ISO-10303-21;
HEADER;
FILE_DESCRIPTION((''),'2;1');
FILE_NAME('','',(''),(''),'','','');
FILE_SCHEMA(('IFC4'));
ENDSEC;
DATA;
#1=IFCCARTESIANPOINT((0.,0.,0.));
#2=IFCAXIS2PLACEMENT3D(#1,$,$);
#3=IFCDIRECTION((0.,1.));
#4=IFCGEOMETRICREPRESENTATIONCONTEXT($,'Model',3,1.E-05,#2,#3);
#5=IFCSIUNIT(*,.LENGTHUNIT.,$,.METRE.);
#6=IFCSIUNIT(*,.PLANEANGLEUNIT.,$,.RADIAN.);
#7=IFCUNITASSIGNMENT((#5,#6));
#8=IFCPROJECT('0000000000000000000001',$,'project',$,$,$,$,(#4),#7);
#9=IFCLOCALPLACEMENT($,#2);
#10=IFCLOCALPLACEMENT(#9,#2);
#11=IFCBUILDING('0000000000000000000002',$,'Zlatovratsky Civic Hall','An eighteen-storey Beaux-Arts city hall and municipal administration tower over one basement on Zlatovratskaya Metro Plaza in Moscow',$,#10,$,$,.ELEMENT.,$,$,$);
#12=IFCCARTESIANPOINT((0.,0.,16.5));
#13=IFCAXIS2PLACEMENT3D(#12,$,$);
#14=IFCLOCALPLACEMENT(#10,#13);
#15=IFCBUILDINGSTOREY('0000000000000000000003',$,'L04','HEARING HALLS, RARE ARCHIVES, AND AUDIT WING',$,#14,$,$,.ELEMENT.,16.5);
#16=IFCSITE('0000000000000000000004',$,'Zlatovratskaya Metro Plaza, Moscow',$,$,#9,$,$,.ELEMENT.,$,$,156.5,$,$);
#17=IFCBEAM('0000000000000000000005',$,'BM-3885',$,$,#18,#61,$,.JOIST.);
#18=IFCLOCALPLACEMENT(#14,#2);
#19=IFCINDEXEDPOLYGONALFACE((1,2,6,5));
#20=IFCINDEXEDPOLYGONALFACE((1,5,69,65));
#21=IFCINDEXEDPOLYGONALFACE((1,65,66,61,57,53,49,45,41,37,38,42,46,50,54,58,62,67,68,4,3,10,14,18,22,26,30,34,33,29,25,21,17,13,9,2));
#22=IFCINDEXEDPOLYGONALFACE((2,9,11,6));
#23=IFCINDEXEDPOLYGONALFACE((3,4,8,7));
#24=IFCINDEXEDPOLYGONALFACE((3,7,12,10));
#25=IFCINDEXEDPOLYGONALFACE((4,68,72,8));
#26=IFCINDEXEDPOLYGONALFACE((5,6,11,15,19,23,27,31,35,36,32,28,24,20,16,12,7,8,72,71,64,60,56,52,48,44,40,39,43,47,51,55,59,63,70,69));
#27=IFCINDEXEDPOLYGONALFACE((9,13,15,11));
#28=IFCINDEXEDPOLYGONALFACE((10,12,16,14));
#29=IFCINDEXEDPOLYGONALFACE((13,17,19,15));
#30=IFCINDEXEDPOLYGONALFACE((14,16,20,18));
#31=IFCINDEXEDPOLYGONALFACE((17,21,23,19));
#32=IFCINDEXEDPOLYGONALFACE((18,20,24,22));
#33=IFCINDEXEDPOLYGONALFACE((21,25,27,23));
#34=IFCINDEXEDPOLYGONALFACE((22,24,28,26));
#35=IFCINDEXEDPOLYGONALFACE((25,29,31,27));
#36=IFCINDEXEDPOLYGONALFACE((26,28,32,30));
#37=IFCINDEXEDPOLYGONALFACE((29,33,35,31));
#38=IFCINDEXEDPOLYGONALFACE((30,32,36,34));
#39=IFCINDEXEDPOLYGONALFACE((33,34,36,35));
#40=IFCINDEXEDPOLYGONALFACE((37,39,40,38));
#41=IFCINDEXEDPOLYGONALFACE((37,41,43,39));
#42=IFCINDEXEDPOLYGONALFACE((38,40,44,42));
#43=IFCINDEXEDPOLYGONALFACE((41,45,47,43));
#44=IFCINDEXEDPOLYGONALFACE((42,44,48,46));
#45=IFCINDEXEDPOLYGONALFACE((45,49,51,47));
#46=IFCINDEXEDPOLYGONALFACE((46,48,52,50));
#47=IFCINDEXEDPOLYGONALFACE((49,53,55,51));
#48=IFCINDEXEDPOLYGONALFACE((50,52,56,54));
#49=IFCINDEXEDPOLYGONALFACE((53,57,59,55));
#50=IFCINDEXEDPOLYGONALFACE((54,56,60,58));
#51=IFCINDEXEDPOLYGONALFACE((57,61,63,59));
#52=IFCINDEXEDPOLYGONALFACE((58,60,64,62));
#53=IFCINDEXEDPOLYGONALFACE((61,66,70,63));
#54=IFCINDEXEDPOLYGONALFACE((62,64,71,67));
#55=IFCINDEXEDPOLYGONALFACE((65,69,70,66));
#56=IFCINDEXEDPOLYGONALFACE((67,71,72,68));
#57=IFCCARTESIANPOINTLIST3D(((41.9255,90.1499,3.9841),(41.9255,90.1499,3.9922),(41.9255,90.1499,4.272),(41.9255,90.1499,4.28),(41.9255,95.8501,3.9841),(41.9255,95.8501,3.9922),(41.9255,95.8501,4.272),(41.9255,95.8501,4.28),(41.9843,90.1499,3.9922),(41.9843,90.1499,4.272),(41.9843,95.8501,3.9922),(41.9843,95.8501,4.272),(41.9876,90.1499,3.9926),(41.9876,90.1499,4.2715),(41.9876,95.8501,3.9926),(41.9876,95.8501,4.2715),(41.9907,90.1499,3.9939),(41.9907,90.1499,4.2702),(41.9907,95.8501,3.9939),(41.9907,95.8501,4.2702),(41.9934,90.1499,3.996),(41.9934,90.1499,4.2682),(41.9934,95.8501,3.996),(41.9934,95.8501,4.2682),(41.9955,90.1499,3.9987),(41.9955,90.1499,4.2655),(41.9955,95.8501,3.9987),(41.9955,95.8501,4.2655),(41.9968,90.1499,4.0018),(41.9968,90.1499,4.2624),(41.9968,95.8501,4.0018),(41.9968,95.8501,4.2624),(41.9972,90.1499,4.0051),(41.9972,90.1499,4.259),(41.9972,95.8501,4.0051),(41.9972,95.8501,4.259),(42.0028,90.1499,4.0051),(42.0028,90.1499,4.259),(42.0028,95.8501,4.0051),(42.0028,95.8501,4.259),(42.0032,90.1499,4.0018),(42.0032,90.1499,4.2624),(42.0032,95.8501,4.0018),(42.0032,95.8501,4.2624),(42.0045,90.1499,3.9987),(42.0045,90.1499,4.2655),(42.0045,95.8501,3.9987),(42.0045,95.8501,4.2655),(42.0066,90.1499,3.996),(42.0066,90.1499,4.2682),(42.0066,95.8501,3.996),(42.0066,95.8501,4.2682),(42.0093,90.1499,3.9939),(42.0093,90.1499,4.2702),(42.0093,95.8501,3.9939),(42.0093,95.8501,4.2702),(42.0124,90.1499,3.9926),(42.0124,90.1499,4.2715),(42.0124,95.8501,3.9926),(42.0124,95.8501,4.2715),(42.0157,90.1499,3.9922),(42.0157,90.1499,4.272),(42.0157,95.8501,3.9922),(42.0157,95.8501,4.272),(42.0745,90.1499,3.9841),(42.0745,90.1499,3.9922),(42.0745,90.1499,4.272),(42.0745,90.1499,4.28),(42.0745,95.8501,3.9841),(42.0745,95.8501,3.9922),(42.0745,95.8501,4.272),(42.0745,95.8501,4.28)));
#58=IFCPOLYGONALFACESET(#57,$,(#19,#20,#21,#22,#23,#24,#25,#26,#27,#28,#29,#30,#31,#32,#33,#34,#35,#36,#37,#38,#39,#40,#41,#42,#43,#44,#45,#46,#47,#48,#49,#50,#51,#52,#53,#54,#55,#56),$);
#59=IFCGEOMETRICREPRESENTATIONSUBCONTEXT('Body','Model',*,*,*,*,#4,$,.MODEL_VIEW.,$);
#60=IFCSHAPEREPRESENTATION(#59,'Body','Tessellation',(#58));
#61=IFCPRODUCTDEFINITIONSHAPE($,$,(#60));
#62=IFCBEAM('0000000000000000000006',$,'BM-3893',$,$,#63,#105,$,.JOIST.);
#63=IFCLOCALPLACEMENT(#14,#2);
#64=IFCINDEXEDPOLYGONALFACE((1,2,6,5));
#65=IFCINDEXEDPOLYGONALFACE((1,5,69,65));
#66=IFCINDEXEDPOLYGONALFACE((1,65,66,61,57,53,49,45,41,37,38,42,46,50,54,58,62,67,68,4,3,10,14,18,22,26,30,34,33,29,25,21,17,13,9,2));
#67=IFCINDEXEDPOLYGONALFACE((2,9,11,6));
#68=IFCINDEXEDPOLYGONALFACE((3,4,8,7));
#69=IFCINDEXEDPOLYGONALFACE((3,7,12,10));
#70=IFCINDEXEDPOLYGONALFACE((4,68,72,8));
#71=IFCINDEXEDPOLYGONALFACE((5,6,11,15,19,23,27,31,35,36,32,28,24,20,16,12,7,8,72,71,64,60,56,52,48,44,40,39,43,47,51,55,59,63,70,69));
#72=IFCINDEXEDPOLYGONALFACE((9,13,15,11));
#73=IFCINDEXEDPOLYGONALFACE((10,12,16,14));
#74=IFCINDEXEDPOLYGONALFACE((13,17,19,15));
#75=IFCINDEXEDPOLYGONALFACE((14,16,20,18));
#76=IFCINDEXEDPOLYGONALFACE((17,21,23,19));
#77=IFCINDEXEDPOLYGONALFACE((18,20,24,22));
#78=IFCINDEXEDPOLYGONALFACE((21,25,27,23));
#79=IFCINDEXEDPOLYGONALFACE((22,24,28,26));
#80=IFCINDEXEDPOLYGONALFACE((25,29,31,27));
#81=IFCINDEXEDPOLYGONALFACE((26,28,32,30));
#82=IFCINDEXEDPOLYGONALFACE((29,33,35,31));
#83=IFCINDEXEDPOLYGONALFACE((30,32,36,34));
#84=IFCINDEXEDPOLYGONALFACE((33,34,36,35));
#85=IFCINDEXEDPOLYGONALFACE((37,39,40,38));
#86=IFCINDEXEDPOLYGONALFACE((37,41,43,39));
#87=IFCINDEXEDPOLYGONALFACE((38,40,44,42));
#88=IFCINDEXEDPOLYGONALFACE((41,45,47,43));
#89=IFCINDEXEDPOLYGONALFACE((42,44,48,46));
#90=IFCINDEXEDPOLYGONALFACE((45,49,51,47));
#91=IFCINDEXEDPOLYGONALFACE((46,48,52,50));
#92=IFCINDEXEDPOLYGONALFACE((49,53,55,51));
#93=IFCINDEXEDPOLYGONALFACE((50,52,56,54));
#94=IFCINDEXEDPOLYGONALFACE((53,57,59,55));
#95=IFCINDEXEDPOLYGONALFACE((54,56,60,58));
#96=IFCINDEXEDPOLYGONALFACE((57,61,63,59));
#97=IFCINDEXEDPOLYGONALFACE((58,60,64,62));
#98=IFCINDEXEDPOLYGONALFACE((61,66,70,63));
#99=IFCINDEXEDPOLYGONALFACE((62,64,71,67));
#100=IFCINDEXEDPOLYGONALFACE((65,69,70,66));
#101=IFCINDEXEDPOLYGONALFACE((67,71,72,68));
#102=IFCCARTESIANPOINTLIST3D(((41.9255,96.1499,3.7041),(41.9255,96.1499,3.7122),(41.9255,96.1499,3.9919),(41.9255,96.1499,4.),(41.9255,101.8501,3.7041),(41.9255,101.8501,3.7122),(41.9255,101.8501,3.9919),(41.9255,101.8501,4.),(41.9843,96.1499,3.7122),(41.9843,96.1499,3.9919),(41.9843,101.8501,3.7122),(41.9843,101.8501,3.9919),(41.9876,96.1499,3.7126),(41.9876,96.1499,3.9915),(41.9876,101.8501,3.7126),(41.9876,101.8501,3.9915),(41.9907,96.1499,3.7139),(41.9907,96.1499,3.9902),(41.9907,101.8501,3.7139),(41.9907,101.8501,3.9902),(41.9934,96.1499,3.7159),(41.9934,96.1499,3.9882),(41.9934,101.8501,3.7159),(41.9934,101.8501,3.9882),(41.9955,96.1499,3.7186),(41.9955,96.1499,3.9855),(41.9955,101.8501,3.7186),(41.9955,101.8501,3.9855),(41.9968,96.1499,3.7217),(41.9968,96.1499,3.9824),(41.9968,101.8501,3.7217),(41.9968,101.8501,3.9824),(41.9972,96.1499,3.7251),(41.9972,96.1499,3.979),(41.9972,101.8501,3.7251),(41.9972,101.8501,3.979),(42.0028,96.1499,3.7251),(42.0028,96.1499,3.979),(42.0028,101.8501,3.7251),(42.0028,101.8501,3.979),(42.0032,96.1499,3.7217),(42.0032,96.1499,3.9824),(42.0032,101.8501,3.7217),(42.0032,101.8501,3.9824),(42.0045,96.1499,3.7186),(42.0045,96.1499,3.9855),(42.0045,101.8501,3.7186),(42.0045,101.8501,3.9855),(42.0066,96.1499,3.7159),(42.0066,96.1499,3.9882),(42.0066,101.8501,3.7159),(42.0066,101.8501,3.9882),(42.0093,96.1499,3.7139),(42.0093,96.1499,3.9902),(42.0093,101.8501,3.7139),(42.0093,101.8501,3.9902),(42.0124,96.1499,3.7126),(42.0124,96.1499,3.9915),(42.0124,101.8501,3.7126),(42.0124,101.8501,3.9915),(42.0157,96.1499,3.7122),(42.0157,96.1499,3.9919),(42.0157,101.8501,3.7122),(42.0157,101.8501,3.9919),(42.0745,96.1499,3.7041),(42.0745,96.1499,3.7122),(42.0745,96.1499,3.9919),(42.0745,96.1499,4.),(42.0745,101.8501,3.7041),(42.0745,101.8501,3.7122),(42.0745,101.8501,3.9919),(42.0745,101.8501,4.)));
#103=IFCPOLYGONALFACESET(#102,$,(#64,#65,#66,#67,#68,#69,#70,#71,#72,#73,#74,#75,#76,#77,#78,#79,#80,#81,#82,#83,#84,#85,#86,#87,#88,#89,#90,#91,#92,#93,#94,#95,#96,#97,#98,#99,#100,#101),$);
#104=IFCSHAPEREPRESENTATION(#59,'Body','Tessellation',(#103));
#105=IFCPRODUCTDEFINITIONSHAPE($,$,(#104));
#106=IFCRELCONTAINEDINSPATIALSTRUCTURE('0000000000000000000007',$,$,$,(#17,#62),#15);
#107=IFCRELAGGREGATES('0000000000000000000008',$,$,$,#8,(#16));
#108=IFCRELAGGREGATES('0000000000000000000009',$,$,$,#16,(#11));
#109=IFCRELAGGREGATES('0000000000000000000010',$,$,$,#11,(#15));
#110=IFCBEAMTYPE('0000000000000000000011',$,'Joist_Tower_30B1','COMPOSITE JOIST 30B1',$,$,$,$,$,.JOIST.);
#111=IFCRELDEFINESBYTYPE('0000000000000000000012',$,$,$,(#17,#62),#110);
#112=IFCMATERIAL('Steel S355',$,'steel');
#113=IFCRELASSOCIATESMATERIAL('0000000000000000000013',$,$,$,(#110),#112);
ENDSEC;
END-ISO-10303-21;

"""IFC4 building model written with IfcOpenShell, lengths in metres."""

from ifc_helpers import new_model, si_unit, direction, frame, origin, origin_2d, place, context, subcontext, project, spatial, i_section, extrude, material, material_profile, profile_set, type_object, element, save


model = new_model("IFC4")

# Units and contexts
model_context = context("Model", 3, precision=1e-05, world=origin(), true_north=direction((0.0, 1.0)))
body_context = subcontext(model_context, "Body", "Model", "MODEL_VIEW")
ifc_project = project(units=[si_unit("LENGTHUNIT", "METRE"), si_unit("PLANEANGLEUNIT", "RADIAN")], contexts=[model_context])

# Site, building, storey
site_placement = place(None, origin())
site = spatial("IfcSite", under=ifc_project, at=site_placement, Name="Zlatovratskaya Metro Plaza, Moscow", CompositionType="ELEMENT", RefElevation=156.5)
building_placement = place(site_placement, origin())
building = spatial("IfcBuilding", under=site, at=building_placement, Name="Zlatovratsky Civic Hall", Description="An eighteen-storey Beaux-Arts city hall and municipal administration tower over one basement on Zlatovratskaya Metro Plaza in Moscow", CompositionType="ELEMENT")
storey_placement = place(building_placement, frame((0.0, 0.0, 16.5)))
storey = spatial("IfcBuildingStorey", under=building, at=storey_placement, Name="L04", Description="HEARING HALLS, RARE ARCHIVES, AND AUDIT WING", CompositionType="ELEMENT", Elevation=16.5)

# Shared definitions
ifc_material_1 = material(Name="Steel S355", Category="steel")

# Beams
ifc_material_profile_1 = material_profile(ifc_material_1, i_section(OverallWidth=0.1489, OverallDepth=0.2959, WebThickness=0.0056, FlangeThickness=0.0081, FilletRadius=0.0129, at=origin_2d()), Name="30B1")
ifc_profile_set_1 = profile_set([ifc_material_profile_1], Name="Steel S355")
beam_type_1 = type_object("IfcBeamType", Name="Joist_Tower_30B1", Description="COMPOSITE JOIST 30B1", PredefinedType="JOIST", material=ifc_profile_set_1)
for number, where, z_axis, x_axis, name in (
    (1, (42.0, 90.1499, 4.1321), (0.0, 1.0, 0.0), (-1.0, 0.0, 0.0), "BM-3885"),
    (2, (42.0, 96.1499, 3.8521), (0.0, 1.0, 0.0), (-1.0, 0.0, 0.0), "BM-3893"),
):
    element("IfcBeam", number, at=place(storey_placement, frame(where, z_axis=z_axis, x_axis=x_axis)), inside=storey, type_object=beam_type_1, Name=name, PredefinedType="JOIST", context=body_context, shape_type="SweptSolid", body=[
        extrude(i_section(OverallWidth=0.1489, OverallDepth=0.2959, WebThickness=0.0056, FlangeThickness=0.0081, FilletRadius=0.0129, at=origin_2d()), origin(), (0.0, 0.0, 1.0), 5.7002),
    ])

save(model, "model.ifc")
